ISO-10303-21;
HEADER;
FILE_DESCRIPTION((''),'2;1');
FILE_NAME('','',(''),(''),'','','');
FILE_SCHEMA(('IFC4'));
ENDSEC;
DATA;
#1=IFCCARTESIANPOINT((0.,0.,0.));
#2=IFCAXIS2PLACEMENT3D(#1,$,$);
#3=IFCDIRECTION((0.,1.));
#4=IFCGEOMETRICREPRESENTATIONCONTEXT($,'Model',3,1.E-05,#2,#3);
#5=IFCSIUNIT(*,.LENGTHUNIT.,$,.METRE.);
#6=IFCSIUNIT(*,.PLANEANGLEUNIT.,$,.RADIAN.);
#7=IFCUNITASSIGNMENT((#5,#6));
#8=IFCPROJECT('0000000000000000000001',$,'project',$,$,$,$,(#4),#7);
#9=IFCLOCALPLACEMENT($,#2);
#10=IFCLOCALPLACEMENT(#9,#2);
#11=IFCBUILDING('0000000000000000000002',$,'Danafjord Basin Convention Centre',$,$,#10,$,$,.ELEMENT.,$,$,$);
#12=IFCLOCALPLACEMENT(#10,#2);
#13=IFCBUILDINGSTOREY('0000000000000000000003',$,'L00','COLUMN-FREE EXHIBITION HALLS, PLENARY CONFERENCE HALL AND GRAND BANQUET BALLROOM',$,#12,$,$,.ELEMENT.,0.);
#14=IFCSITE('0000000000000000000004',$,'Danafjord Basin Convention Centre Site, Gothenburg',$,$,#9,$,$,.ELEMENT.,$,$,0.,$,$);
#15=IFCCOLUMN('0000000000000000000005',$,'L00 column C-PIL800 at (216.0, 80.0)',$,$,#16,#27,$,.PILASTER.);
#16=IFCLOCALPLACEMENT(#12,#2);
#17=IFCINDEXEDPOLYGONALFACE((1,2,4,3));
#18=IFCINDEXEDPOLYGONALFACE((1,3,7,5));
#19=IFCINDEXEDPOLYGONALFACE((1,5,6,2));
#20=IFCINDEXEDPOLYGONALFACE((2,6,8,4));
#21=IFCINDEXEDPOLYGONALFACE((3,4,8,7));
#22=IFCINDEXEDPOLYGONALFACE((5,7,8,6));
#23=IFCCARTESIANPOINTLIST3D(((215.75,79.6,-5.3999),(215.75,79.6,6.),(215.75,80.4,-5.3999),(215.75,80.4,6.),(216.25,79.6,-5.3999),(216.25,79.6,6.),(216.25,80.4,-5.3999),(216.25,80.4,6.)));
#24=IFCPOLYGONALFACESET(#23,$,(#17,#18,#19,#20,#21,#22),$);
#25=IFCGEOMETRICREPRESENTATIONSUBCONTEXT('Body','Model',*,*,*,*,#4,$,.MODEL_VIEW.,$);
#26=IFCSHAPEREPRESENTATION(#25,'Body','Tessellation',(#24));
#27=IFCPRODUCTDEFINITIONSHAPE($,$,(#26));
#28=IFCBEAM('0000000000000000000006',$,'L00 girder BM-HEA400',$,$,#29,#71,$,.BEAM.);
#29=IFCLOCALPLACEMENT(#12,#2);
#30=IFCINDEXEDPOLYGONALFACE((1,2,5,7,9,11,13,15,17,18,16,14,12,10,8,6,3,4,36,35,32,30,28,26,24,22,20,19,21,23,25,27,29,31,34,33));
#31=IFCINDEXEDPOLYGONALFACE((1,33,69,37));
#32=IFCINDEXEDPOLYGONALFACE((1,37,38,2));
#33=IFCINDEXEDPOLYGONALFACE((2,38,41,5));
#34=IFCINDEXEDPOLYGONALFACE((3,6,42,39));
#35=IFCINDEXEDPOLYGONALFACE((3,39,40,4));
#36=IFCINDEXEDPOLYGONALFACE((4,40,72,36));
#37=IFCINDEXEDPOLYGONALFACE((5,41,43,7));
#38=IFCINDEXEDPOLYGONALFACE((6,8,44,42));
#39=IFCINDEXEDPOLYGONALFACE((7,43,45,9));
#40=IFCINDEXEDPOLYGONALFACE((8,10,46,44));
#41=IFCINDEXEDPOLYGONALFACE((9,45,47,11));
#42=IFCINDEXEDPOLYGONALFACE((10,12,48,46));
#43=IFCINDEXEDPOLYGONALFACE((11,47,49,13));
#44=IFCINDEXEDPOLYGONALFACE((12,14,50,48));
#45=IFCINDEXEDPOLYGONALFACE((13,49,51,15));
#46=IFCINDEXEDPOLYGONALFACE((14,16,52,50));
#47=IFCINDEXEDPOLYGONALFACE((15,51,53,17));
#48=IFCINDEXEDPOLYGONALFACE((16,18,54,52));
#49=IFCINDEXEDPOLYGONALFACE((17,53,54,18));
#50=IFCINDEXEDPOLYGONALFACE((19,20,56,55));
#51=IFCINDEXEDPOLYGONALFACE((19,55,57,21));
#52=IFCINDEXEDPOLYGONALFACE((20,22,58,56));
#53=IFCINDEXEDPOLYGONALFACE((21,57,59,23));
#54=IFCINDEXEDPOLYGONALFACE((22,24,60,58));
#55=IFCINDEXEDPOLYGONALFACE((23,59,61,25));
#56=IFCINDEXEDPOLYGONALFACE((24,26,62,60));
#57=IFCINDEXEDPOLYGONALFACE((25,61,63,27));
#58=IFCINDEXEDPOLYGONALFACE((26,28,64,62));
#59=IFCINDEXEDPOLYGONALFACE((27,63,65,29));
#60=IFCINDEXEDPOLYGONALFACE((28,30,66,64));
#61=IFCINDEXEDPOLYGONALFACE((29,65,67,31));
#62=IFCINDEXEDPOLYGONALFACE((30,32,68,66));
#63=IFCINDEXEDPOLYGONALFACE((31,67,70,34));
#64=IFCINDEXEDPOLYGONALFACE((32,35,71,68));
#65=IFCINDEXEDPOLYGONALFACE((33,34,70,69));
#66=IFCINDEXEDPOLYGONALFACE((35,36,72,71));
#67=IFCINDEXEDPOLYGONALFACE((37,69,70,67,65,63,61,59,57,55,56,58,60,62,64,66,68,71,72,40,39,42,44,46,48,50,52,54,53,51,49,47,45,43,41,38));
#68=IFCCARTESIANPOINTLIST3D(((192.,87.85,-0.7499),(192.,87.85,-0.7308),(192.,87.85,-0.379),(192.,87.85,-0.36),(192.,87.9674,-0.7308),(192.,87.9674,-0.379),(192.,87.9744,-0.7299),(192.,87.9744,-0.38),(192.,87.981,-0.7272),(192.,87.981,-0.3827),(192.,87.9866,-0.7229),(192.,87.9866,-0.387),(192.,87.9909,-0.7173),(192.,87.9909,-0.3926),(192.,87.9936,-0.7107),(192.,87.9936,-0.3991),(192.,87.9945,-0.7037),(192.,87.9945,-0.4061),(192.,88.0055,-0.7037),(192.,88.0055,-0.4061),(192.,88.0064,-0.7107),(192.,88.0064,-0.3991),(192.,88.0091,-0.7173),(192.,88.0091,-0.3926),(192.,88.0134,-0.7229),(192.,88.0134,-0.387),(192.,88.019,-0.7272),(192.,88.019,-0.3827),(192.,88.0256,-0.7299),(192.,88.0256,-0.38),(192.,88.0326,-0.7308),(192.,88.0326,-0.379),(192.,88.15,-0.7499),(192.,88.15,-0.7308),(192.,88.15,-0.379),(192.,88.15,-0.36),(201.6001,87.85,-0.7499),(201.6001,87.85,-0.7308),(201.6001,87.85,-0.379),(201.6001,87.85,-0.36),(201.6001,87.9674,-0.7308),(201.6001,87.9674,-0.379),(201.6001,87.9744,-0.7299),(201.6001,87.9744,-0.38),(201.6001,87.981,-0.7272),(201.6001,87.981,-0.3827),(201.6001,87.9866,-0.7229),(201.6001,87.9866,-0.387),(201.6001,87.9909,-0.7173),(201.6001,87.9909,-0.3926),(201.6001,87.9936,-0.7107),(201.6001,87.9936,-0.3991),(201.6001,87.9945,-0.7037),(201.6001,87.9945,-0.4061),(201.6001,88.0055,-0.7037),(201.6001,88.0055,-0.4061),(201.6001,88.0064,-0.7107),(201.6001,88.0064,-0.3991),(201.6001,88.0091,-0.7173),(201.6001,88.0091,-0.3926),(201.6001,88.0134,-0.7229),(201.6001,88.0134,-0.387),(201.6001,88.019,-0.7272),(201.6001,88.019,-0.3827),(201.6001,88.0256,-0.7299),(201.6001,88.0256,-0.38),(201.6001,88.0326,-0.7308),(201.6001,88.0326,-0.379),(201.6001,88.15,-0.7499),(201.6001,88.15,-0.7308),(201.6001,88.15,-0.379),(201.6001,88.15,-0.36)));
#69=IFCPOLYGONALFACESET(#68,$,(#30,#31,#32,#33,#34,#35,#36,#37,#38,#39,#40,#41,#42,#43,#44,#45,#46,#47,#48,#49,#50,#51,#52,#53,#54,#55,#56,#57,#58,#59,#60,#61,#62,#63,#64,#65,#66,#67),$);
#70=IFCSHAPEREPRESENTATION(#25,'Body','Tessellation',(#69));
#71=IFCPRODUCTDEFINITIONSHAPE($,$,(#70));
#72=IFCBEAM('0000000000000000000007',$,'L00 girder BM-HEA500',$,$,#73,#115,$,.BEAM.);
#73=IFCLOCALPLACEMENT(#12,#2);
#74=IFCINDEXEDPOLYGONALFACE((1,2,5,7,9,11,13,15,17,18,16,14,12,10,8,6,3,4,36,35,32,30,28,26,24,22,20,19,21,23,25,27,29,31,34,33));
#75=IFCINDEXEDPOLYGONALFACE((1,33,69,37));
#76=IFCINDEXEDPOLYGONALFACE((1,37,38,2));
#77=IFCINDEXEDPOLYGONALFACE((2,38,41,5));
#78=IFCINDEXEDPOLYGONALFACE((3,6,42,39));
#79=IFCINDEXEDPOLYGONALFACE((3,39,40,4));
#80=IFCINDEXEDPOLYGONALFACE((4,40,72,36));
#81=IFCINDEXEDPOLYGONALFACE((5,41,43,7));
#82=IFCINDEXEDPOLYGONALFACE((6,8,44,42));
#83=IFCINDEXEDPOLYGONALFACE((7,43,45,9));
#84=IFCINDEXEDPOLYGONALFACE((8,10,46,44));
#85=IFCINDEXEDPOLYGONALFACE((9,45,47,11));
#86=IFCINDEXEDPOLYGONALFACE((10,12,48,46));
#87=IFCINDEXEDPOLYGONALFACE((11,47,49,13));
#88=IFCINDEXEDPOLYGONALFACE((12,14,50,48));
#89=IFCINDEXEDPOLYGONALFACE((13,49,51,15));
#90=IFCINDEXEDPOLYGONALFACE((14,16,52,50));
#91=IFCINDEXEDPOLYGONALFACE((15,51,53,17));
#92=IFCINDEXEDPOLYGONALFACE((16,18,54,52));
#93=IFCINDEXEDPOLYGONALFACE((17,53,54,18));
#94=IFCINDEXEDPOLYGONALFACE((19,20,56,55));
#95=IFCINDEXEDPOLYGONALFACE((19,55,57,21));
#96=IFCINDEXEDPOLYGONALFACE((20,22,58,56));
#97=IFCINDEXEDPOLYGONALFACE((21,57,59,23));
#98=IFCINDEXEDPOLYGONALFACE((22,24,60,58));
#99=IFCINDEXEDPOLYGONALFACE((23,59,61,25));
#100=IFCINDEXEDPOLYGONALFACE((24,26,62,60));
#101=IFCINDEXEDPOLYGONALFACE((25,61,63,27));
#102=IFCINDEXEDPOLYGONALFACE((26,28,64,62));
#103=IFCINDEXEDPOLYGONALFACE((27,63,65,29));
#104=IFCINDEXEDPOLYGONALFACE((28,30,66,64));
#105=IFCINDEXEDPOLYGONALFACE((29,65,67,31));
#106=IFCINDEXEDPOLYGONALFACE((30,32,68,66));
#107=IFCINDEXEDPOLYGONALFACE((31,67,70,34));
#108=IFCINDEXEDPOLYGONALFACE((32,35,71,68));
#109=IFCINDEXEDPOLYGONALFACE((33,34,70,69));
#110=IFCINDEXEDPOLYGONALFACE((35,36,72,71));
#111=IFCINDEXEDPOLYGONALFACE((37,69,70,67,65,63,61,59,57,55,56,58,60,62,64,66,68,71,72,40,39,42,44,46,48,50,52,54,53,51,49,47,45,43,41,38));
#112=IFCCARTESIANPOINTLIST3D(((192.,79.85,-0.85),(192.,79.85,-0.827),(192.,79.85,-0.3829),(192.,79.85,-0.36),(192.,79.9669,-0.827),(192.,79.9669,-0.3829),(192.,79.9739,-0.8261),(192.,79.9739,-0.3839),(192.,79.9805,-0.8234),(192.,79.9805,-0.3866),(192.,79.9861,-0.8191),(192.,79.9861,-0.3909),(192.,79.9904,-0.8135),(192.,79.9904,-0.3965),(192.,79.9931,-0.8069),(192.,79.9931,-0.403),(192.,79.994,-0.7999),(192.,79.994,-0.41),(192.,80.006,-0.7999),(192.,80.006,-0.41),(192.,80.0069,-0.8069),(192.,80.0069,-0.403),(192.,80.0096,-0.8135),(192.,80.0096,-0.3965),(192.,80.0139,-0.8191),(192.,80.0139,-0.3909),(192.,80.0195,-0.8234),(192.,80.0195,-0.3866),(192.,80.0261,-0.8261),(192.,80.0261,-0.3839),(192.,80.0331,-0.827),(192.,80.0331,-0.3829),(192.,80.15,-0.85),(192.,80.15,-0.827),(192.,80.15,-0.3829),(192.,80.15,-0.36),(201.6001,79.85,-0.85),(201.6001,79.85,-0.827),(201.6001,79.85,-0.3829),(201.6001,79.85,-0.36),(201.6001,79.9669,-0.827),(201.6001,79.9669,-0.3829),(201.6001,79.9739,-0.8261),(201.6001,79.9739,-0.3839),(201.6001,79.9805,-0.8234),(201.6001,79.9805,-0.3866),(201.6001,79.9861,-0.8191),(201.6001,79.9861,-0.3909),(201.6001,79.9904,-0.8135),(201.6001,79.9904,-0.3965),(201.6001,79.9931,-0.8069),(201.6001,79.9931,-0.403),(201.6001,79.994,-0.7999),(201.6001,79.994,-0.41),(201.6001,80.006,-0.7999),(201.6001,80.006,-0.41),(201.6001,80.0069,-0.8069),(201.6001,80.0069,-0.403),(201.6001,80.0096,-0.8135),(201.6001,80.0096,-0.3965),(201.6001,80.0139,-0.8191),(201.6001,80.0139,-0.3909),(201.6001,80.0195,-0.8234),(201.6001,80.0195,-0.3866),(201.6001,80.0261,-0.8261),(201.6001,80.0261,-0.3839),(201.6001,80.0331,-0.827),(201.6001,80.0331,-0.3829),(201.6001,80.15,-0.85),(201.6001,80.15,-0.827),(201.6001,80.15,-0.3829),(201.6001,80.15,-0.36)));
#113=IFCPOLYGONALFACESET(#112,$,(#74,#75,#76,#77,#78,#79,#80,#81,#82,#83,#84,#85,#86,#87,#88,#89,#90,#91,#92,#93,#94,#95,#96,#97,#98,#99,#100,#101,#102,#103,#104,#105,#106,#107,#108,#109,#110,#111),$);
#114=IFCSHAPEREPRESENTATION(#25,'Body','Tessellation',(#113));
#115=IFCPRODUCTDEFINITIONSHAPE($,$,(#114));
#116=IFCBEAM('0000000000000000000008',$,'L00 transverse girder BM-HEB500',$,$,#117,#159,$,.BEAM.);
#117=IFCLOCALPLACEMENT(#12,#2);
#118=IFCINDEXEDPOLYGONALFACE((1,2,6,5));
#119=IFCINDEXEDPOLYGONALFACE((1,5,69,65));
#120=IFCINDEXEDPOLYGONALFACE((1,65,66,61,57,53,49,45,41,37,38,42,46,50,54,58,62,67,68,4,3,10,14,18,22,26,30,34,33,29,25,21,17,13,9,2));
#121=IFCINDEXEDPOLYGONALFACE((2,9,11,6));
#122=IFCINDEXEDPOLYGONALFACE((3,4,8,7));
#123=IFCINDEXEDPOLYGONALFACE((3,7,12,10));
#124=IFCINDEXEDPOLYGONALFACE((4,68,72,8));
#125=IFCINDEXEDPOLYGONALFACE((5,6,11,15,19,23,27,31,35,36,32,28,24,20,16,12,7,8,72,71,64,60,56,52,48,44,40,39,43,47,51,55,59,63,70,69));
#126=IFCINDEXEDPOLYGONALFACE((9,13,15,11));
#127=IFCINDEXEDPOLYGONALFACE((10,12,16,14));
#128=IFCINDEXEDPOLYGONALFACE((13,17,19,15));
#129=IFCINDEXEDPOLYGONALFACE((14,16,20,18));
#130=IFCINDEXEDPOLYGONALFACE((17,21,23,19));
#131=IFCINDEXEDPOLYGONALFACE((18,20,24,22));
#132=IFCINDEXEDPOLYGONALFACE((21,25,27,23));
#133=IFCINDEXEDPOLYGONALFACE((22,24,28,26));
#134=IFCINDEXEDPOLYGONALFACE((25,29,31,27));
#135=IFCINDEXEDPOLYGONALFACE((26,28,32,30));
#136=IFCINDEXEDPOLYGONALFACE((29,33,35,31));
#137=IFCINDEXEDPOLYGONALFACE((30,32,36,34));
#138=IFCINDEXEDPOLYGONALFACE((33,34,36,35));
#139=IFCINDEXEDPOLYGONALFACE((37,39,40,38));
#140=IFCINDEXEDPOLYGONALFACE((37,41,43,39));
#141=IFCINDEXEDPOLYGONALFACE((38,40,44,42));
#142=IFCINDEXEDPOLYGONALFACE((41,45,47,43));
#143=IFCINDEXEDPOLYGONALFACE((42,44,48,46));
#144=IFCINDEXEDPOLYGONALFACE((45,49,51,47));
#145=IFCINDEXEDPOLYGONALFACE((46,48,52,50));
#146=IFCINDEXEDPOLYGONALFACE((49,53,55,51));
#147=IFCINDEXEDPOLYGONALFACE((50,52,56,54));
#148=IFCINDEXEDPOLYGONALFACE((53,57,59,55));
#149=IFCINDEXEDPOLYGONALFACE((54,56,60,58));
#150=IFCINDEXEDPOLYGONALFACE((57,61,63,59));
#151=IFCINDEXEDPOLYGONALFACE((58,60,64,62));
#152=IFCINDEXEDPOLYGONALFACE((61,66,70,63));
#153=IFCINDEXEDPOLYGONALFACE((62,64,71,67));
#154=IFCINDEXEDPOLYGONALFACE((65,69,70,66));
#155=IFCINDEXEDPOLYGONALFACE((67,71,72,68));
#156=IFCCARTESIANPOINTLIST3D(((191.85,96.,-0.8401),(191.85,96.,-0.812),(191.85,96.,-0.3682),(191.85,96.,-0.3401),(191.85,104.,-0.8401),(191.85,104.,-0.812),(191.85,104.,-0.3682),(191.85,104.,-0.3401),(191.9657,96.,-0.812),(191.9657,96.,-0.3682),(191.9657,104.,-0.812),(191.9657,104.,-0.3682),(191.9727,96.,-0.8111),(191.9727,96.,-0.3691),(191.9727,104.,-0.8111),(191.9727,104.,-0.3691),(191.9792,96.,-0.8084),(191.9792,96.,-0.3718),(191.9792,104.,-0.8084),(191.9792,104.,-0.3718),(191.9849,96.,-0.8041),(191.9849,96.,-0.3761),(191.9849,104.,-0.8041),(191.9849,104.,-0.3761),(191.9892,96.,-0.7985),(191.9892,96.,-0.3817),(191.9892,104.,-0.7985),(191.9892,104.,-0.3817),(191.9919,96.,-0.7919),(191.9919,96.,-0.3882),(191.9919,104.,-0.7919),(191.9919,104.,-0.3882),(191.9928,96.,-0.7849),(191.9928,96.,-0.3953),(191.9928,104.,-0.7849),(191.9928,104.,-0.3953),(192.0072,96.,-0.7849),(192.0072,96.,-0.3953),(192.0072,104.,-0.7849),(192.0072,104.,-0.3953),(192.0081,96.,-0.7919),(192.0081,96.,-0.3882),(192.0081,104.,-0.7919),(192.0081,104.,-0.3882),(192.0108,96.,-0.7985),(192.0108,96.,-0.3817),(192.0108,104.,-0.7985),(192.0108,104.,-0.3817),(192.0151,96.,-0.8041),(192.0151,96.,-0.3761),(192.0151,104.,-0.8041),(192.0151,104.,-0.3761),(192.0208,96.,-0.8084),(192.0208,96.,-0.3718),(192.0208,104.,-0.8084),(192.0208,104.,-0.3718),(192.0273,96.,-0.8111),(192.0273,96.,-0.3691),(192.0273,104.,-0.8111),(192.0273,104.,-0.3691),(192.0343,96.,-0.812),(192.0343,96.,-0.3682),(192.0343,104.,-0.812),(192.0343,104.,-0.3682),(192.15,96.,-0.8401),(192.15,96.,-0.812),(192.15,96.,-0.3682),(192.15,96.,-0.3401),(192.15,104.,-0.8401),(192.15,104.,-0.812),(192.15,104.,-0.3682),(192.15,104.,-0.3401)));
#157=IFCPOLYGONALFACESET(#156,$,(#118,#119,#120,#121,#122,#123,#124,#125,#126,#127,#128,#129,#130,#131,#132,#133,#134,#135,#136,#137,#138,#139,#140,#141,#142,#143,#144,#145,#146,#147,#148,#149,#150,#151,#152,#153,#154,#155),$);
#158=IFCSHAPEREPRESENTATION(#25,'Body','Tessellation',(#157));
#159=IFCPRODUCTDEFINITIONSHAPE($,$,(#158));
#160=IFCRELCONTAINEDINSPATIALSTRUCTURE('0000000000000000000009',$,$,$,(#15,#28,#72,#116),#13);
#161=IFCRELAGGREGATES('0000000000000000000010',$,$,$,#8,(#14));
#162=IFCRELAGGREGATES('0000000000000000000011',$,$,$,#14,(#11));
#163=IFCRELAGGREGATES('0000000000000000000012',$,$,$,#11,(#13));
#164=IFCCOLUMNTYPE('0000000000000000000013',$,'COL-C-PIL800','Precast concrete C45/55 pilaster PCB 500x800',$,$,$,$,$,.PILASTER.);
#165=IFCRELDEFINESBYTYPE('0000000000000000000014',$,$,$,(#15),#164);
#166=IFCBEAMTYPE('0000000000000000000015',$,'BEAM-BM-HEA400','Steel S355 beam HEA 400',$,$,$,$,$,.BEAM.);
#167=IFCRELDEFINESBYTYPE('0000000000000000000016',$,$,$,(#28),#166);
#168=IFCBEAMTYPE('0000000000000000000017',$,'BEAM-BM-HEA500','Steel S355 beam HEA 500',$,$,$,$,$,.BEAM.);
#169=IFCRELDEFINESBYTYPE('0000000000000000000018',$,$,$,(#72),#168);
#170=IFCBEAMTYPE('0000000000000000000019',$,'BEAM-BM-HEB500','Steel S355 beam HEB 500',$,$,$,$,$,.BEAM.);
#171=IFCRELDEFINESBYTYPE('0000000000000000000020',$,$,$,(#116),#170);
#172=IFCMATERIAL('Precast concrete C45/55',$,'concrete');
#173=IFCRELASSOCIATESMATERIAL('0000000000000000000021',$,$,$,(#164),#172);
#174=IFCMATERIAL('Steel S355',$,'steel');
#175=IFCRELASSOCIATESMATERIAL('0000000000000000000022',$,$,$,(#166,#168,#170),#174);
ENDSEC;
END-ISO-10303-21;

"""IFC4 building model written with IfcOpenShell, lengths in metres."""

from ifc_helpers import new_model, si_unit, direction, frame, origin, origin_2d, place, context, subcontext, project, spatial, rectangle, i_section, extrude, material, material_profile, profile_set, type_object, element, save


model = new_model("IFC4")

# Units and contexts
model_context = context("Model", 3, precision=1e-05, world=origin(), true_north=direction((0.0, 1.0)))
body_context = subcontext(model_context, "Body", "Model", "MODEL_VIEW")
ifc_project = project(units=[si_unit("LENGTHUNIT", "METRE"), si_unit("PLANEANGLEUNIT", "RADIAN")], contexts=[model_context])

# Site, building, storey
site_placement = place(None, origin())
site = spatial("IfcSite", under=ifc_project, at=site_placement, Name="Danafjord Basin Convention Centre Site, Gothenburg", CompositionType="ELEMENT", RefElevation=0.0)
building_placement = place(site_placement, origin())
building = spatial("IfcBuilding", under=site, at=building_placement, Name="Danafjord Basin Convention Centre", CompositionType="ELEMENT")
storey_placement = place(building_placement, origin())
storey = spatial("IfcBuildingStorey", under=building, at=storey_placement, Name="L00", Description="COLUMN-FREE EXHIBITION HALLS, PLENARY CONFERENCE HALL AND GRAND BANQUET BALLROOM", CompositionType="ELEMENT", Elevation=0.0)

# Column
ifc_material_1 = material(Name="Steel S355", Category="steel")
ifc_material_2 = material(Name="Precast concrete C45/55", Category="concrete")
ifc_material_profile_1 = material_profile(ifc_material_2, rectangle(XDim=0.5, YDim=0.8, at=origin_2d()), Name="PCB 500x800")
ifc_profile_set_1 = profile_set([ifc_material_profile_1], Name="Precast concrete C45/55")
column_type_1 = type_object("IfcColumnType", Name="COL-C-PIL800", Description="Precast concrete C45/55 pilaster PCB 500x800", PredefinedType="PILASTER", material=ifc_profile_set_1)
column_1_placement = place(storey_placement, frame((216.0, 80.0, -5.3999), z_axis=(0.0, 0.0, 1.0), x_axis=(1.0, 0.0, 0.0)))
element("IfcColumn", 1, at=column_1_placement, inside=storey, type_object=column_type_1, Name="L00 column C-PIL800 at (216.0, 80.0)", PredefinedType="PILASTER", context=body_context, shape_type="SweptSolid", body=[
    extrude(rectangle(XDim=0.5, YDim=0.8, at=origin_2d()), origin(), (0.0, 0.0, 1.0), 11.3999),
])

# Beams
ifc_material_profile_2 = material_profile(ifc_material_1, i_section(OverallWidth=0.3, OverallDepth=0.3899, WebThickness=0.011, FlangeThickness=0.019, FilletRadius=0.0271, at=origin_2d()), Name="HEA 400")
ifc_profile_set_2 = profile_set([ifc_material_profile_2], Name="Steel S355")
beam_type_1 = type_object("IfcBeamType", Name="BEAM-BM-HEA400", Description="Steel S355 beam HEA 400", PredefinedType="BEAM", material=ifc_profile_set_2)
beam_1_placement = place(storey_placement, frame((192.0, 88.0, -0.5549), z_axis=(1.0, 0.0, 0.0), x_axis=(0.0, 1.0, 0.0)))
element("IfcBeam", 2, at=beam_1_placement, inside=storey, type_object=beam_type_1, Name="L00 girder BM-HEA400", PredefinedType="BEAM", context=body_context, shape_type="SweptSolid", body=[
    extrude(i_section(OverallWidth=0.3, OverallDepth=0.3899, WebThickness=0.011, FlangeThickness=0.019, FilletRadius=0.0271, at=origin_2d()), origin(), (0.0, 0.0, 1.0), 9.6001),
])
ifc_material_profile_3 = material_profile(ifc_material_1, i_section(OverallWidth=0.3, OverallDepth=0.49, WebThickness=0.012, FlangeThickness=0.0229, FilletRadius=0.0271, at=origin_2d()), Name="HEA 500")
ifc_profile_set_3 = profile_set([ifc_material_profile_3], Name="Steel S355")
beam_type_2 = type_object("IfcBeamType", Name="BEAM-BM-HEA500", Description="Steel S355 beam HEA 500", PredefinedType="BEAM", material=ifc_profile_set_3)
beam_2_placement = place(storey_placement, frame((192.0, 80.0, -0.605), z_axis=(1.0, 0.0, 0.0), x_axis=(0.0, 1.0, 0.0)))
element("IfcBeam", 3, at=beam_2_placement, inside=storey, type_object=beam_type_2, Name="L00 girder BM-HEA500", PredefinedType="BEAM", context=body_context, shape_type="SweptSolid", body=[
    extrude(i_section(OverallWidth=0.3, OverallDepth=0.49, WebThickness=0.012, FlangeThickness=0.0229, FilletRadius=0.0271, at=origin_2d()), origin(), (0.0, 0.0, 1.0), 9.6001),
])
ifc_material_profile_4 = material_profile(ifc_material_1, i_section(OverallWidth=0.3, OverallDepth=0.5, WebThickness=0.0144, FlangeThickness=0.0281, FilletRadius=0.0271, at=origin_2d()), Name="HEB 500")
ifc_profile_set_4 = profile_set([ifc_material_profile_4], Name="Steel S355")
beam_type_3 = type_object("IfcBeamType", Name="BEAM-BM-HEB500", Description="Steel S355 beam HEB 500", PredefinedType="BEAM", material=ifc_profile_set_4)
beam_3_placement = place(storey_placement, frame((192.0, 96.0, -0.5901), z_axis=(0.0, 1.0, 0.0), x_axis=(-1.0, 0.0, 0.0)))
element("IfcBeam", 4, at=beam_3_placement, inside=storey, type_object=beam_type_3, Name="L00 transverse girder BM-HEB500", PredefinedType="BEAM", context=body_context, shape_type="SweptSolid", body=[
    extrude(i_section(OverallWidth=0.3, OverallDepth=0.5, WebThickness=0.0144, FlangeThickness=0.0281, FilletRadius=0.0271, at=origin_2d()), origin(), (0.0, 0.0, 1.0), 8.0),
])

save(model, "model.ifc")
